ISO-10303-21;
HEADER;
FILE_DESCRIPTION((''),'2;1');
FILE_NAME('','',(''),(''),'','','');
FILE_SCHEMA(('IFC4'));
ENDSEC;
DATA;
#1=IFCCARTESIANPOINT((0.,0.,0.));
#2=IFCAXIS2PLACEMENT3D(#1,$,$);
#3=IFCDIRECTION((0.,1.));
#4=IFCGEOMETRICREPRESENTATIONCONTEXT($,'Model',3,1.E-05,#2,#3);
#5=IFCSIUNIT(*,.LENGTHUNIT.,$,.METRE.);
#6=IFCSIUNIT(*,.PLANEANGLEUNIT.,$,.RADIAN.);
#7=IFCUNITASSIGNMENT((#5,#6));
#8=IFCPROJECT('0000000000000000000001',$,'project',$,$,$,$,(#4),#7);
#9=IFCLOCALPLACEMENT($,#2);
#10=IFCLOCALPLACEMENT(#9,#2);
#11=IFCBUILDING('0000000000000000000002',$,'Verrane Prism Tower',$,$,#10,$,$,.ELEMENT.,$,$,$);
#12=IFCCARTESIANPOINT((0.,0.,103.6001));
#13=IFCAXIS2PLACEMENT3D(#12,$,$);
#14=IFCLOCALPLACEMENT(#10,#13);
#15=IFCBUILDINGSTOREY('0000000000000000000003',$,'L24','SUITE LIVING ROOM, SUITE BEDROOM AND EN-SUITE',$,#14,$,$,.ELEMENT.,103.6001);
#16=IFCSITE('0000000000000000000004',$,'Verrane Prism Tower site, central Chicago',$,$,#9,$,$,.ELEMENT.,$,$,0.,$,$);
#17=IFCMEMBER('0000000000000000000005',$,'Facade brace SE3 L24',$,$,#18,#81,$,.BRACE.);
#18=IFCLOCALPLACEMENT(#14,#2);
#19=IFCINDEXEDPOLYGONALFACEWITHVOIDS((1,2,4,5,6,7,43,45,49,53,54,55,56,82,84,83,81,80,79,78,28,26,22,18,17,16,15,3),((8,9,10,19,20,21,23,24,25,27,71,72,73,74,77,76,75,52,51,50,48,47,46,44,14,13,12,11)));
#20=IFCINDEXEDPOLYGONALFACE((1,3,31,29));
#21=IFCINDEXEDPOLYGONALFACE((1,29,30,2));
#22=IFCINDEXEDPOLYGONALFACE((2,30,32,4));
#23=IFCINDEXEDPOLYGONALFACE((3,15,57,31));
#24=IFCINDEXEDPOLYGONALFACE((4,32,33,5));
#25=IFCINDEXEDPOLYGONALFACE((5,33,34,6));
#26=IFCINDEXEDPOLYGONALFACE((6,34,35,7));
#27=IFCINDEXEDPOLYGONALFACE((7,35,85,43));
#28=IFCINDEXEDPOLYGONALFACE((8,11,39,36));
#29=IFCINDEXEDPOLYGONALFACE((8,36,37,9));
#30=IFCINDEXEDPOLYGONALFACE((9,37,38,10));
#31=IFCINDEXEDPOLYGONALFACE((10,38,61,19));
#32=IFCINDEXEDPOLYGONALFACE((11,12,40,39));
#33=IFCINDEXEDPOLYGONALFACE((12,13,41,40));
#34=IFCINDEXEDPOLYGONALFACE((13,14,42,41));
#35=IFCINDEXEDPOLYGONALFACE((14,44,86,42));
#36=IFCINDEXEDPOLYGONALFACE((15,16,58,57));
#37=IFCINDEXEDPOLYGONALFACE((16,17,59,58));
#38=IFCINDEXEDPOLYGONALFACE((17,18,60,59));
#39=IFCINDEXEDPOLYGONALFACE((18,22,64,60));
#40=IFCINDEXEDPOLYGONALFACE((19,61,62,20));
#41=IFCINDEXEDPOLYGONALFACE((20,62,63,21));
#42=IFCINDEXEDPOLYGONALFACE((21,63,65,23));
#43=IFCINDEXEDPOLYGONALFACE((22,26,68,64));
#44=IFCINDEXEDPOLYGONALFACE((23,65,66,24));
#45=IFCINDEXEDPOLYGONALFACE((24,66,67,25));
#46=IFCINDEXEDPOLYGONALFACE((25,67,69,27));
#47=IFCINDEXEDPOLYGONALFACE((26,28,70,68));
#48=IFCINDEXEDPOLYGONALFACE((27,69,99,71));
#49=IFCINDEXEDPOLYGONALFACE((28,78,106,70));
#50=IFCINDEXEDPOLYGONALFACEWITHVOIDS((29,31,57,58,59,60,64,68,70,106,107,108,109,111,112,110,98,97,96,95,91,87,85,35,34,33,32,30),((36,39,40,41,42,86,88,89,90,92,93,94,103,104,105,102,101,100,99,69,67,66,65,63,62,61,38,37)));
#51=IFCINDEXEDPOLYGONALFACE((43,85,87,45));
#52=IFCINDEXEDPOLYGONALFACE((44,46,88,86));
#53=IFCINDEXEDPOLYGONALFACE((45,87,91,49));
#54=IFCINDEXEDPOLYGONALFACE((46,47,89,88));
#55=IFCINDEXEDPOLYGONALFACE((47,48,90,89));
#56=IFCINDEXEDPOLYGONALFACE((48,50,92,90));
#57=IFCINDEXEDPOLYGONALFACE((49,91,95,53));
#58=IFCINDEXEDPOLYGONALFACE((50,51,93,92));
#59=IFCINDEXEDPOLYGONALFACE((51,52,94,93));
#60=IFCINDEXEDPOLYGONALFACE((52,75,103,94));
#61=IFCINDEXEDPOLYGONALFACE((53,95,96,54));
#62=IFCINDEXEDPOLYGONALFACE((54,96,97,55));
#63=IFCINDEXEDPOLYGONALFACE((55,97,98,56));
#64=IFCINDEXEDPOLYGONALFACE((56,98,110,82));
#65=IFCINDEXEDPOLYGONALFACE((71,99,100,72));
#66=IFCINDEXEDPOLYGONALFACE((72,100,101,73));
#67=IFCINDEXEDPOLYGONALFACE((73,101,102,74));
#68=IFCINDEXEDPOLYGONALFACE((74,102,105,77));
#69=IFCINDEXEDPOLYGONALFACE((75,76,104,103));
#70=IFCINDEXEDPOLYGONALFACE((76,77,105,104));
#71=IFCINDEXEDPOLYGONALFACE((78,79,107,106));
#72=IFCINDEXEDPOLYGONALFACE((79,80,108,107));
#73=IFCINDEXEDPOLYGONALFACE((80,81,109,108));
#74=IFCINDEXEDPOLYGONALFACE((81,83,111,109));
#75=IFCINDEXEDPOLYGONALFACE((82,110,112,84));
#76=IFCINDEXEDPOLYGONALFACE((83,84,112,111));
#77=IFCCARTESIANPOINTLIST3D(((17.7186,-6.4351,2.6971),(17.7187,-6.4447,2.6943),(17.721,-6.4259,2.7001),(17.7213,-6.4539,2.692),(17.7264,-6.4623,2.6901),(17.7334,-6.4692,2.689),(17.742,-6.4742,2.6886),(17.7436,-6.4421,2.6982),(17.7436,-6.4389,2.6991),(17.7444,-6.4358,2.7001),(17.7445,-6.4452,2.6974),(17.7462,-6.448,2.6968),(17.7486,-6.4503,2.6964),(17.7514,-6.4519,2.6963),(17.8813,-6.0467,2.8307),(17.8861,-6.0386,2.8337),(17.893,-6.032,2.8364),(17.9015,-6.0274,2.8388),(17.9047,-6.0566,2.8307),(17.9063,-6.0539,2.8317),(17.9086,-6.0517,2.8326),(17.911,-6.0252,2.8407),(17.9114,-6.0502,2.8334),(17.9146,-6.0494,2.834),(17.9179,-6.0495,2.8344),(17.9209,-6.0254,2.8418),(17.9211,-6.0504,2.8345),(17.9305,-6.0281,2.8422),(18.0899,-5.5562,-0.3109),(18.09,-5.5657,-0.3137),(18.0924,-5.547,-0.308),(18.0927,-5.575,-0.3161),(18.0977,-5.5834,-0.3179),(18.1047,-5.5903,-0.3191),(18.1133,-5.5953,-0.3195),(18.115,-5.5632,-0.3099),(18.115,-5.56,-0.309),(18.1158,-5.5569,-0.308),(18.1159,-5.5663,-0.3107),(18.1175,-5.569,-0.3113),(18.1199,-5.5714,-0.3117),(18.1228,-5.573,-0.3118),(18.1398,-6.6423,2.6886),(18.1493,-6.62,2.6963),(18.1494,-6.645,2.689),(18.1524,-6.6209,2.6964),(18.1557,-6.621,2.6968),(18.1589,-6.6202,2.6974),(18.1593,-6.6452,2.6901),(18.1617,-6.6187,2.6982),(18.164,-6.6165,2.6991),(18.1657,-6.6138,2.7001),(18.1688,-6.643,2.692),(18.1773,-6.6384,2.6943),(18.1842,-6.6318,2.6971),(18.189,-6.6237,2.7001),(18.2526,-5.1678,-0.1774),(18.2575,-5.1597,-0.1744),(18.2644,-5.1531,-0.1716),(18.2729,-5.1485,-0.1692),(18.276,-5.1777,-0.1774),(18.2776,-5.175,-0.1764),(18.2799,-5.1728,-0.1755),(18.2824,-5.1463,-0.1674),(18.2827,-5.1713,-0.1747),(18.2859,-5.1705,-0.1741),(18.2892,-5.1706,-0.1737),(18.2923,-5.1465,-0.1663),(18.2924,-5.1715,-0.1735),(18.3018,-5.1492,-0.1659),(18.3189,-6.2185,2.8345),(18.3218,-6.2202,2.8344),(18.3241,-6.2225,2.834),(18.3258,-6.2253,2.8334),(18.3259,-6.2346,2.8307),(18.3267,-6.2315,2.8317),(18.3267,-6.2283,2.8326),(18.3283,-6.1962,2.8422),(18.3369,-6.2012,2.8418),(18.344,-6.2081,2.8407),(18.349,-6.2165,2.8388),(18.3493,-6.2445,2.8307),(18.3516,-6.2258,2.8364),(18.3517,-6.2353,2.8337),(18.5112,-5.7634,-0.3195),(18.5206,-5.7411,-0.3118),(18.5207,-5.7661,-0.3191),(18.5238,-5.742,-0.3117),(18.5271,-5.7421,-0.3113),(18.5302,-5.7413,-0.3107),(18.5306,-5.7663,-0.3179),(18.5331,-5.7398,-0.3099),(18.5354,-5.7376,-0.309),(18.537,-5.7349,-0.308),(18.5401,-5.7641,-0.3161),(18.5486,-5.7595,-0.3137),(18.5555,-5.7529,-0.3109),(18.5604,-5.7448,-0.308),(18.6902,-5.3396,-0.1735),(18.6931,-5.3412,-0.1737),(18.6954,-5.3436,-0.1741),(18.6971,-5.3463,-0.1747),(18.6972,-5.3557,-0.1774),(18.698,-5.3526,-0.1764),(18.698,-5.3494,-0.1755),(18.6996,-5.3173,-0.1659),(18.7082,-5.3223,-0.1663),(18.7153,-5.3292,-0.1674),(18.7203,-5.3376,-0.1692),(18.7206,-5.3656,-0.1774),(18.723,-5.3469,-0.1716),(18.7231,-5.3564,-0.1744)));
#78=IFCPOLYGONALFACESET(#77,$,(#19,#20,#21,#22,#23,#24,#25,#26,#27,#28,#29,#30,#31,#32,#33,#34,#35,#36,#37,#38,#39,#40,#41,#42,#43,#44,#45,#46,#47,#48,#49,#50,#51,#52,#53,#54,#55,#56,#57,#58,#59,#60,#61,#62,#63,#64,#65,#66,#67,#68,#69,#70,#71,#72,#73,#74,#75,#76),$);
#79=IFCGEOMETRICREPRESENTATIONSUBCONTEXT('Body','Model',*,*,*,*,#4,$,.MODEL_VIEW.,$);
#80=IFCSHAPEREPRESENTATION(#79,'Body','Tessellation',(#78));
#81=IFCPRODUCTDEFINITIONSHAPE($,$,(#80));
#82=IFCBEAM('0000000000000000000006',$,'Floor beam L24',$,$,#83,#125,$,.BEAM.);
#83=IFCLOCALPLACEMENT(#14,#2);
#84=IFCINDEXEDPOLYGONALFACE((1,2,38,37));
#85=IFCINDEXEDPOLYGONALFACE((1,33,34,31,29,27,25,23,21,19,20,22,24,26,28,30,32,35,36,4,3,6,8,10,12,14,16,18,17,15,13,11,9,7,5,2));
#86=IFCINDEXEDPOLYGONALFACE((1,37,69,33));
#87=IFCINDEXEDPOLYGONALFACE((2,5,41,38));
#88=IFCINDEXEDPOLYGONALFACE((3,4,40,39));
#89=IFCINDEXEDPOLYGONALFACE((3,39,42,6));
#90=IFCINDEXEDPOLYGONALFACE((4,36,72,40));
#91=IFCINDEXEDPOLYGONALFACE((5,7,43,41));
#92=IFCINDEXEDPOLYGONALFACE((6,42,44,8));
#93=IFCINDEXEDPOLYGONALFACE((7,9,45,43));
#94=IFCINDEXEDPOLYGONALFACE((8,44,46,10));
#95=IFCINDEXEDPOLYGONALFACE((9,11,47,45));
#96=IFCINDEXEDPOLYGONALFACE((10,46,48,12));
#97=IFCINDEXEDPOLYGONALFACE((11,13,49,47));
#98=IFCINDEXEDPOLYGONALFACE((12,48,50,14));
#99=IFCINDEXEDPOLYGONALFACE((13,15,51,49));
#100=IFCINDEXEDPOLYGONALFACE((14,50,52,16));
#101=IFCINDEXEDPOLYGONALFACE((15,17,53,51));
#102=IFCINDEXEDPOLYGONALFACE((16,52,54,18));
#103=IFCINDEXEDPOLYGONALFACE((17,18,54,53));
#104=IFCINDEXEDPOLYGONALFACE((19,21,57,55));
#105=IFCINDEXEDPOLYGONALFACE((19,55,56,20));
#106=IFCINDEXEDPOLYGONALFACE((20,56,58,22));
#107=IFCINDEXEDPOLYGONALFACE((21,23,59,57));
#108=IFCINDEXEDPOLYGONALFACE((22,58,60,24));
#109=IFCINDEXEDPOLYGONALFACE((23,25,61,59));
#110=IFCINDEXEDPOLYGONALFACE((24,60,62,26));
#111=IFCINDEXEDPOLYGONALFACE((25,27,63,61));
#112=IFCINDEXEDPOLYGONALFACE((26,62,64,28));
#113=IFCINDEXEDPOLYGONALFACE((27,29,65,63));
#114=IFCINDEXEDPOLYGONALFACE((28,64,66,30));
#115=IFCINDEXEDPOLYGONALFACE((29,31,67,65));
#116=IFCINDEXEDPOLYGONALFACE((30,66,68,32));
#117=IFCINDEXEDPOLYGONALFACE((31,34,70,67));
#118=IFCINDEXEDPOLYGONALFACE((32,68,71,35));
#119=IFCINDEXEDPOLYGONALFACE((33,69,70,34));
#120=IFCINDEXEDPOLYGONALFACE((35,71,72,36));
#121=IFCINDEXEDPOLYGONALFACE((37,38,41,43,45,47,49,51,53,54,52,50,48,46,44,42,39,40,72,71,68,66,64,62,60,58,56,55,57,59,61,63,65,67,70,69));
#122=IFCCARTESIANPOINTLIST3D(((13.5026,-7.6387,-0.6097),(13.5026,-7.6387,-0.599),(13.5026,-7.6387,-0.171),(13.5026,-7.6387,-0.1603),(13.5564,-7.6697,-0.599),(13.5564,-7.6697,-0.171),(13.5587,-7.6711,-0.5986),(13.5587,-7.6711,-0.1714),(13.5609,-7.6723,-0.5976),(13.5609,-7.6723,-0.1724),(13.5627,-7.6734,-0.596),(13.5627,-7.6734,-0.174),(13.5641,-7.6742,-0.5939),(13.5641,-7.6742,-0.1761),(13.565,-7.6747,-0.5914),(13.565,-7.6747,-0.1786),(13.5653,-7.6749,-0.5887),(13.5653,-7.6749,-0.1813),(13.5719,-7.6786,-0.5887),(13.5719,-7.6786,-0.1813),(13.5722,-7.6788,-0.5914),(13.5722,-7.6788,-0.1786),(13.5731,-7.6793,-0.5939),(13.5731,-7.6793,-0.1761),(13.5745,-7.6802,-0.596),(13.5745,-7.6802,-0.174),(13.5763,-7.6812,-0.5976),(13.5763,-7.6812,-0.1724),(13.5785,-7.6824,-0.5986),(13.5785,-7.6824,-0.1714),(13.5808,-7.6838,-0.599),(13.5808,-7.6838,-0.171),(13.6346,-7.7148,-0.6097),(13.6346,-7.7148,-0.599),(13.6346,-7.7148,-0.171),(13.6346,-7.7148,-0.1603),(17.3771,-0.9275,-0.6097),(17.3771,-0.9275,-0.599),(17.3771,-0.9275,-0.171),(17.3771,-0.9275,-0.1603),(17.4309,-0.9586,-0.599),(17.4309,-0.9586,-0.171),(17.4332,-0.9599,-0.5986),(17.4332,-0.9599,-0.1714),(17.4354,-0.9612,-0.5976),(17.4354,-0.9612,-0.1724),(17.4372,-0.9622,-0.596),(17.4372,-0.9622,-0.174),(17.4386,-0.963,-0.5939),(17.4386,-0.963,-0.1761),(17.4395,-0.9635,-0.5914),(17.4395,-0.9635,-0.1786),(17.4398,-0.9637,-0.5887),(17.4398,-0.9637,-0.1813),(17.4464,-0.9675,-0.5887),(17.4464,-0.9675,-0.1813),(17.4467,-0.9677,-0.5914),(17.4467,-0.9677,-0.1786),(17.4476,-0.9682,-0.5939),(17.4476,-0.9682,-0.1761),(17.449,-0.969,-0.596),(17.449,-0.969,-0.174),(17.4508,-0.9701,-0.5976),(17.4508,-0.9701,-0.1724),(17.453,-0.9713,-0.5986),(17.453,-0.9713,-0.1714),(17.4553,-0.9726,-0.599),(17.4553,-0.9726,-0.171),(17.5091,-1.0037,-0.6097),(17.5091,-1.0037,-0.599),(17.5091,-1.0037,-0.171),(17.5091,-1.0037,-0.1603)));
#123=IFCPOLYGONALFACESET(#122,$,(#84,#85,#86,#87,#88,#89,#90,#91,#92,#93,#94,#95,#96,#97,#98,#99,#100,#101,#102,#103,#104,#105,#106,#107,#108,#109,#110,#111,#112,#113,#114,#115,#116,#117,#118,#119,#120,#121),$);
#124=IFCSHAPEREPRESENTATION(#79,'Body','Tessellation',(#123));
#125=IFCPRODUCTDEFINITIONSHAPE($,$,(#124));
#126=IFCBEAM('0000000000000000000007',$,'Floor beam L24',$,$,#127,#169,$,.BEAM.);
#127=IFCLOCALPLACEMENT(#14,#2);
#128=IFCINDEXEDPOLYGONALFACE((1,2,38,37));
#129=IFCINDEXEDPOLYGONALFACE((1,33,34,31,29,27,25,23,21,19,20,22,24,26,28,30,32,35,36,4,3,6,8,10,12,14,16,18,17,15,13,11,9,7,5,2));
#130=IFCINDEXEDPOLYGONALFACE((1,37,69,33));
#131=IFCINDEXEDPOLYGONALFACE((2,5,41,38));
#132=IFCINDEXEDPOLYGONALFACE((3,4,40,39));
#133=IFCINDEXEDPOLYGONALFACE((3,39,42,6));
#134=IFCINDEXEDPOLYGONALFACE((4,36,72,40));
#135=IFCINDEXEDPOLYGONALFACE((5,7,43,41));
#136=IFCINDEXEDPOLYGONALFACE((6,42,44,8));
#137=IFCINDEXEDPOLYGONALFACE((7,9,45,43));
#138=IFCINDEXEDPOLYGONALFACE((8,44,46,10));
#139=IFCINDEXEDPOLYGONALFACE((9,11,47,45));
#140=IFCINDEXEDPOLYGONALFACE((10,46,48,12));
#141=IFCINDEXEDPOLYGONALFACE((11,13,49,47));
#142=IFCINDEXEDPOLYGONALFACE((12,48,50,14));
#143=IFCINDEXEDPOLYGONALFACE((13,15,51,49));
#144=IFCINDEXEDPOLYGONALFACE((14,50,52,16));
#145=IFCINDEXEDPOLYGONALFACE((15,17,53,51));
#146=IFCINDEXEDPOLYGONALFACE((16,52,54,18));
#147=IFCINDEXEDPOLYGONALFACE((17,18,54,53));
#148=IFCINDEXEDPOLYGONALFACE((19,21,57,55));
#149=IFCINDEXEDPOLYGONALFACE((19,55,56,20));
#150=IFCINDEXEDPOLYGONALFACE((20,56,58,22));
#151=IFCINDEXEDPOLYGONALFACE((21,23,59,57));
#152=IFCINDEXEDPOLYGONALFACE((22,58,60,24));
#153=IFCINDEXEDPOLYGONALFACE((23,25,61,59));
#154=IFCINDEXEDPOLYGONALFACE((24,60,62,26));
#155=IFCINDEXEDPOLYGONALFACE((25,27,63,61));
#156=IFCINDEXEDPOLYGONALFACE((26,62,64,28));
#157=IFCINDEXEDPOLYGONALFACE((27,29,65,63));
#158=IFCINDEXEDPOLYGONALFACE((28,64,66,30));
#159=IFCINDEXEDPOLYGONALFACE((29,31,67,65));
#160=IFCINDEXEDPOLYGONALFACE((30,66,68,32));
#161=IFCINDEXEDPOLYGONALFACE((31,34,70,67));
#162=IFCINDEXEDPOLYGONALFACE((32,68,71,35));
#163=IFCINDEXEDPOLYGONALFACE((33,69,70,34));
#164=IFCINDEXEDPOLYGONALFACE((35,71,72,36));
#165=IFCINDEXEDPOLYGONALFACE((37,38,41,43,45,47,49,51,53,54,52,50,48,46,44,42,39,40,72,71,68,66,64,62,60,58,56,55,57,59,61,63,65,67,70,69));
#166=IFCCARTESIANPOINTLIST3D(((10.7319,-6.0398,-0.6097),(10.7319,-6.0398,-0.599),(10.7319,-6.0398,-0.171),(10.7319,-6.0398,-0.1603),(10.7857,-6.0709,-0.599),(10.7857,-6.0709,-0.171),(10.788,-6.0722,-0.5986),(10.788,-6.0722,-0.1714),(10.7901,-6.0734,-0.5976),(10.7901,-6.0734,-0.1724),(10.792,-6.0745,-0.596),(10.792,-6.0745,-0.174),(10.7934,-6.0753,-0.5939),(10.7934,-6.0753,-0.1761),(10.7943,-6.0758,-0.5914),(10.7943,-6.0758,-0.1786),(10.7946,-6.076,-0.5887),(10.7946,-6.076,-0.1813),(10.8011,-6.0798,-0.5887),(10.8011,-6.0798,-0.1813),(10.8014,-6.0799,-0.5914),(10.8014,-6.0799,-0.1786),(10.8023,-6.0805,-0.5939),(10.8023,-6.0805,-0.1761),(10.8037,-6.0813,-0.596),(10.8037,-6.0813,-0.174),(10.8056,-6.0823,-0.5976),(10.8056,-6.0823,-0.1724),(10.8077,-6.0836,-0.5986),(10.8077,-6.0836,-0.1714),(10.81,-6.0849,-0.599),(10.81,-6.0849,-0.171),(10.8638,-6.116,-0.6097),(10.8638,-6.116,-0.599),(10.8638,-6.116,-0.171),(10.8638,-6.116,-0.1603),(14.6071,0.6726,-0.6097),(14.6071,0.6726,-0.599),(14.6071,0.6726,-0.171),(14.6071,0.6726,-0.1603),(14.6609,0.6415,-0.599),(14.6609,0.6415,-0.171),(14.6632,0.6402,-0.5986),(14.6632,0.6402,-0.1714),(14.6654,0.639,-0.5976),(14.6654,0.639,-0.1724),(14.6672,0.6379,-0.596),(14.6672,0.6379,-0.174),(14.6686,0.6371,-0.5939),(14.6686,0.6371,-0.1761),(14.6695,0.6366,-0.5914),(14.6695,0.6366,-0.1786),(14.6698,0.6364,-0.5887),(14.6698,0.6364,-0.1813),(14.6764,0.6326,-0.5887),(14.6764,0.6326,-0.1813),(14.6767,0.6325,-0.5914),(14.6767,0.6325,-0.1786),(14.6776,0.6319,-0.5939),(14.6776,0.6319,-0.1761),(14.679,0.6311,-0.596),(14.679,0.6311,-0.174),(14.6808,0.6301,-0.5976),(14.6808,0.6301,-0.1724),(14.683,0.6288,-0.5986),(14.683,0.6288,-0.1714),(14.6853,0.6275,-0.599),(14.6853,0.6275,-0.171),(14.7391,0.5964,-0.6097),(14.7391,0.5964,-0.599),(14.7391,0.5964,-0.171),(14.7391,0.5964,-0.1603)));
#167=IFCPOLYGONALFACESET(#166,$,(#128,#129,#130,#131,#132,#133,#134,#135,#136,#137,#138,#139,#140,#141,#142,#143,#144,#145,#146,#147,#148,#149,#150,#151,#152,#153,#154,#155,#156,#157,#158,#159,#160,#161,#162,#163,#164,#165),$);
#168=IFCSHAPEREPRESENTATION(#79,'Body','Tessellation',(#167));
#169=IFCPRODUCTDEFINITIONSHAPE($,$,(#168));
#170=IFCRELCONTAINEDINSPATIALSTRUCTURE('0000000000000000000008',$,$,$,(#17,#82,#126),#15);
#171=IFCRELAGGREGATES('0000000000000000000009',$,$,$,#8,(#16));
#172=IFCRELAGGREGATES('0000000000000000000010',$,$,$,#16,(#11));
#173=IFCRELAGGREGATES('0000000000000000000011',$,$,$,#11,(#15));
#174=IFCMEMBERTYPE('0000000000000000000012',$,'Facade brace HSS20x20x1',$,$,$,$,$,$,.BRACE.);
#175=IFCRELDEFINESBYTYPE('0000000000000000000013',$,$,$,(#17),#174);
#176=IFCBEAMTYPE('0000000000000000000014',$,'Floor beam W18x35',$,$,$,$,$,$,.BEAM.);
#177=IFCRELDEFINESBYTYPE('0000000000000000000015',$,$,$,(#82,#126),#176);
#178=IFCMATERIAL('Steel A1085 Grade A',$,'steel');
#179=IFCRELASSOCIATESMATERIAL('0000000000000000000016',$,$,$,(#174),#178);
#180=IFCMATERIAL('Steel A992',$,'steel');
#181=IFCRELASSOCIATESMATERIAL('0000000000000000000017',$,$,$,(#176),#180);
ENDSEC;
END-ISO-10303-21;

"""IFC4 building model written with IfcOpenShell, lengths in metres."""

from ifc_helpers import new_model, si_unit, direction, frame, origin, origin_2d, place, context, subcontext, project, spatial, hollow_rectangle, i_section, extrude, material, material_profile, profile_set, type_object, element, save


model = new_model("IFC4")

# Units and contexts
model_context = context("Model", 3, precision=1e-05, world=origin(), true_north=direction((0.0, 1.0)))
body_context = subcontext(model_context, "Body", "Model", "MODEL_VIEW")
ifc_project = project(units=[si_unit("LENGTHUNIT", "METRE"), si_unit("PLANEANGLEUNIT", "RADIAN")], contexts=[model_context])

# Site, building, storey
site_placement = place(None, origin())
site = spatial("IfcSite", under=ifc_project, at=site_placement, Name="Verrane Prism Tower site, central Chicago", CompositionType="ELEMENT", RefElevation=0.0)
building_placement = place(site_placement, origin())
building = spatial("IfcBuilding", under=site, at=building_placement, Name="Verrane Prism Tower", CompositionType="ELEMENT")
storey_placement = place(building_placement, frame((0.0, 0.0, 103.6001)))
storey = spatial("IfcBuildingStorey", under=building, at=storey_placement, Name="L24", Description="SUITE LIVING ROOM, SUITE BEDROOM AND EN-SUITE", CompositionType="ELEMENT", Elevation=103.6001)

# Member
ifc_material_1 = material(Name="Steel A1085 Grade A", Category="steel")
ifc_material_profile_1 = material_profile(ifc_material_1, hollow_rectangle(XDim=0.5081, YDim=0.5081, WallThickness=0.0254, InnerFilletRadius=0.0127, OuterFilletRadius=0.0381, at=origin_2d()), Name="HSS20x20x1")
ifc_profile_set_1 = profile_set([ifc_material_profile_1], Name="Steel A1085 Grade A")
member_type_1 = type_object("IfcMemberType", Name="Facade brace HSS20x20x1", PredefinedType="BRACE", material=ifc_profile_set_1)
member_1_placement = place(storey_placement, frame((18.4065, -5.4563, -0.2427), z_axis=(-0.11767, -0.278509, 0.953198), x_axis=(0.921158, -0.389189, 0.0)))
element("IfcMember", 1, at=member_1_placement, inside=storey, type_object=member_type_1, Name="Facade brace SE3 L24", PredefinedType="BRACE", context=body_context, shape_type="SweptSolid", body=[
    extrude(hollow_rectangle(XDim=0.5081, YDim=0.5081, WallThickness=0.0254, InnerFilletRadius=0.0127, OuterFilletRadius=0.0381, at=origin_2d()), origin(), (0.0, 0.0, 1.0), 3.1558),
])

# Beams
ifc_material_2 = material(Name="Steel A992", Category="steel")
ifc_material_profile_2 = material_profile(ifc_material_2, i_section(OverallWidth=0.1523, OverallDepth=0.4495, WebThickness=0.0076, FlangeThickness=0.0107, FilletRadius=0.0103, at=origin_2d()), Name="W18x35")
ifc_profile_set_2 = profile_set([ifc_material_profile_2], Name="Steel A992")
beam_type_1 = type_object("IfcBeamType", Name="Floor beam W18x35", PredefinedType="BEAM", material=ifc_profile_set_2)
beam_1_placement = place(storey_placement, frame((13.5686, -7.6768, -0.385), z_axis=(0.499982, 0.866036, 0.0), x_axis=(-0.866036, 0.499982, 0.0)))
element("IfcBeam", 2, at=beam_1_placement, inside=storey, type_object=beam_type_1, Name="Floor beam L24", PredefinedType="BEAM", context=body_context, shape_type="SweptSolid", body=[
    extrude(i_section(OverallWidth=0.1523, OverallDepth=0.4495, WebThickness=0.0076, FlangeThickness=0.0107, FilletRadius=0.0103, at=origin_2d()), origin(), (0.0, 0.0, 1.0), 7.7493),
])
beam_2_placement = place(storey_placement, frame((10.7979, -6.0779, -0.385), z_axis=(0.499984, 0.866035, 0.0), x_axis=(-0.866035, 0.499984, 0.0)))
element("IfcBeam", 3, at=beam_2_placement, inside=storey, type_object=beam_type_1, Name="Floor beam L24", PredefinedType="BEAM", context=body_context, shape_type="SweptSolid", body=[
    extrude(i_section(OverallWidth=0.1523, OverallDepth=0.4495, WebThickness=0.0076, FlangeThickness=0.0107, FilletRadius=0.0103, at=origin_2d()), origin(), (0.0, 0.0, 1.0), 7.7507),
])

save(model, "model.ifc")
